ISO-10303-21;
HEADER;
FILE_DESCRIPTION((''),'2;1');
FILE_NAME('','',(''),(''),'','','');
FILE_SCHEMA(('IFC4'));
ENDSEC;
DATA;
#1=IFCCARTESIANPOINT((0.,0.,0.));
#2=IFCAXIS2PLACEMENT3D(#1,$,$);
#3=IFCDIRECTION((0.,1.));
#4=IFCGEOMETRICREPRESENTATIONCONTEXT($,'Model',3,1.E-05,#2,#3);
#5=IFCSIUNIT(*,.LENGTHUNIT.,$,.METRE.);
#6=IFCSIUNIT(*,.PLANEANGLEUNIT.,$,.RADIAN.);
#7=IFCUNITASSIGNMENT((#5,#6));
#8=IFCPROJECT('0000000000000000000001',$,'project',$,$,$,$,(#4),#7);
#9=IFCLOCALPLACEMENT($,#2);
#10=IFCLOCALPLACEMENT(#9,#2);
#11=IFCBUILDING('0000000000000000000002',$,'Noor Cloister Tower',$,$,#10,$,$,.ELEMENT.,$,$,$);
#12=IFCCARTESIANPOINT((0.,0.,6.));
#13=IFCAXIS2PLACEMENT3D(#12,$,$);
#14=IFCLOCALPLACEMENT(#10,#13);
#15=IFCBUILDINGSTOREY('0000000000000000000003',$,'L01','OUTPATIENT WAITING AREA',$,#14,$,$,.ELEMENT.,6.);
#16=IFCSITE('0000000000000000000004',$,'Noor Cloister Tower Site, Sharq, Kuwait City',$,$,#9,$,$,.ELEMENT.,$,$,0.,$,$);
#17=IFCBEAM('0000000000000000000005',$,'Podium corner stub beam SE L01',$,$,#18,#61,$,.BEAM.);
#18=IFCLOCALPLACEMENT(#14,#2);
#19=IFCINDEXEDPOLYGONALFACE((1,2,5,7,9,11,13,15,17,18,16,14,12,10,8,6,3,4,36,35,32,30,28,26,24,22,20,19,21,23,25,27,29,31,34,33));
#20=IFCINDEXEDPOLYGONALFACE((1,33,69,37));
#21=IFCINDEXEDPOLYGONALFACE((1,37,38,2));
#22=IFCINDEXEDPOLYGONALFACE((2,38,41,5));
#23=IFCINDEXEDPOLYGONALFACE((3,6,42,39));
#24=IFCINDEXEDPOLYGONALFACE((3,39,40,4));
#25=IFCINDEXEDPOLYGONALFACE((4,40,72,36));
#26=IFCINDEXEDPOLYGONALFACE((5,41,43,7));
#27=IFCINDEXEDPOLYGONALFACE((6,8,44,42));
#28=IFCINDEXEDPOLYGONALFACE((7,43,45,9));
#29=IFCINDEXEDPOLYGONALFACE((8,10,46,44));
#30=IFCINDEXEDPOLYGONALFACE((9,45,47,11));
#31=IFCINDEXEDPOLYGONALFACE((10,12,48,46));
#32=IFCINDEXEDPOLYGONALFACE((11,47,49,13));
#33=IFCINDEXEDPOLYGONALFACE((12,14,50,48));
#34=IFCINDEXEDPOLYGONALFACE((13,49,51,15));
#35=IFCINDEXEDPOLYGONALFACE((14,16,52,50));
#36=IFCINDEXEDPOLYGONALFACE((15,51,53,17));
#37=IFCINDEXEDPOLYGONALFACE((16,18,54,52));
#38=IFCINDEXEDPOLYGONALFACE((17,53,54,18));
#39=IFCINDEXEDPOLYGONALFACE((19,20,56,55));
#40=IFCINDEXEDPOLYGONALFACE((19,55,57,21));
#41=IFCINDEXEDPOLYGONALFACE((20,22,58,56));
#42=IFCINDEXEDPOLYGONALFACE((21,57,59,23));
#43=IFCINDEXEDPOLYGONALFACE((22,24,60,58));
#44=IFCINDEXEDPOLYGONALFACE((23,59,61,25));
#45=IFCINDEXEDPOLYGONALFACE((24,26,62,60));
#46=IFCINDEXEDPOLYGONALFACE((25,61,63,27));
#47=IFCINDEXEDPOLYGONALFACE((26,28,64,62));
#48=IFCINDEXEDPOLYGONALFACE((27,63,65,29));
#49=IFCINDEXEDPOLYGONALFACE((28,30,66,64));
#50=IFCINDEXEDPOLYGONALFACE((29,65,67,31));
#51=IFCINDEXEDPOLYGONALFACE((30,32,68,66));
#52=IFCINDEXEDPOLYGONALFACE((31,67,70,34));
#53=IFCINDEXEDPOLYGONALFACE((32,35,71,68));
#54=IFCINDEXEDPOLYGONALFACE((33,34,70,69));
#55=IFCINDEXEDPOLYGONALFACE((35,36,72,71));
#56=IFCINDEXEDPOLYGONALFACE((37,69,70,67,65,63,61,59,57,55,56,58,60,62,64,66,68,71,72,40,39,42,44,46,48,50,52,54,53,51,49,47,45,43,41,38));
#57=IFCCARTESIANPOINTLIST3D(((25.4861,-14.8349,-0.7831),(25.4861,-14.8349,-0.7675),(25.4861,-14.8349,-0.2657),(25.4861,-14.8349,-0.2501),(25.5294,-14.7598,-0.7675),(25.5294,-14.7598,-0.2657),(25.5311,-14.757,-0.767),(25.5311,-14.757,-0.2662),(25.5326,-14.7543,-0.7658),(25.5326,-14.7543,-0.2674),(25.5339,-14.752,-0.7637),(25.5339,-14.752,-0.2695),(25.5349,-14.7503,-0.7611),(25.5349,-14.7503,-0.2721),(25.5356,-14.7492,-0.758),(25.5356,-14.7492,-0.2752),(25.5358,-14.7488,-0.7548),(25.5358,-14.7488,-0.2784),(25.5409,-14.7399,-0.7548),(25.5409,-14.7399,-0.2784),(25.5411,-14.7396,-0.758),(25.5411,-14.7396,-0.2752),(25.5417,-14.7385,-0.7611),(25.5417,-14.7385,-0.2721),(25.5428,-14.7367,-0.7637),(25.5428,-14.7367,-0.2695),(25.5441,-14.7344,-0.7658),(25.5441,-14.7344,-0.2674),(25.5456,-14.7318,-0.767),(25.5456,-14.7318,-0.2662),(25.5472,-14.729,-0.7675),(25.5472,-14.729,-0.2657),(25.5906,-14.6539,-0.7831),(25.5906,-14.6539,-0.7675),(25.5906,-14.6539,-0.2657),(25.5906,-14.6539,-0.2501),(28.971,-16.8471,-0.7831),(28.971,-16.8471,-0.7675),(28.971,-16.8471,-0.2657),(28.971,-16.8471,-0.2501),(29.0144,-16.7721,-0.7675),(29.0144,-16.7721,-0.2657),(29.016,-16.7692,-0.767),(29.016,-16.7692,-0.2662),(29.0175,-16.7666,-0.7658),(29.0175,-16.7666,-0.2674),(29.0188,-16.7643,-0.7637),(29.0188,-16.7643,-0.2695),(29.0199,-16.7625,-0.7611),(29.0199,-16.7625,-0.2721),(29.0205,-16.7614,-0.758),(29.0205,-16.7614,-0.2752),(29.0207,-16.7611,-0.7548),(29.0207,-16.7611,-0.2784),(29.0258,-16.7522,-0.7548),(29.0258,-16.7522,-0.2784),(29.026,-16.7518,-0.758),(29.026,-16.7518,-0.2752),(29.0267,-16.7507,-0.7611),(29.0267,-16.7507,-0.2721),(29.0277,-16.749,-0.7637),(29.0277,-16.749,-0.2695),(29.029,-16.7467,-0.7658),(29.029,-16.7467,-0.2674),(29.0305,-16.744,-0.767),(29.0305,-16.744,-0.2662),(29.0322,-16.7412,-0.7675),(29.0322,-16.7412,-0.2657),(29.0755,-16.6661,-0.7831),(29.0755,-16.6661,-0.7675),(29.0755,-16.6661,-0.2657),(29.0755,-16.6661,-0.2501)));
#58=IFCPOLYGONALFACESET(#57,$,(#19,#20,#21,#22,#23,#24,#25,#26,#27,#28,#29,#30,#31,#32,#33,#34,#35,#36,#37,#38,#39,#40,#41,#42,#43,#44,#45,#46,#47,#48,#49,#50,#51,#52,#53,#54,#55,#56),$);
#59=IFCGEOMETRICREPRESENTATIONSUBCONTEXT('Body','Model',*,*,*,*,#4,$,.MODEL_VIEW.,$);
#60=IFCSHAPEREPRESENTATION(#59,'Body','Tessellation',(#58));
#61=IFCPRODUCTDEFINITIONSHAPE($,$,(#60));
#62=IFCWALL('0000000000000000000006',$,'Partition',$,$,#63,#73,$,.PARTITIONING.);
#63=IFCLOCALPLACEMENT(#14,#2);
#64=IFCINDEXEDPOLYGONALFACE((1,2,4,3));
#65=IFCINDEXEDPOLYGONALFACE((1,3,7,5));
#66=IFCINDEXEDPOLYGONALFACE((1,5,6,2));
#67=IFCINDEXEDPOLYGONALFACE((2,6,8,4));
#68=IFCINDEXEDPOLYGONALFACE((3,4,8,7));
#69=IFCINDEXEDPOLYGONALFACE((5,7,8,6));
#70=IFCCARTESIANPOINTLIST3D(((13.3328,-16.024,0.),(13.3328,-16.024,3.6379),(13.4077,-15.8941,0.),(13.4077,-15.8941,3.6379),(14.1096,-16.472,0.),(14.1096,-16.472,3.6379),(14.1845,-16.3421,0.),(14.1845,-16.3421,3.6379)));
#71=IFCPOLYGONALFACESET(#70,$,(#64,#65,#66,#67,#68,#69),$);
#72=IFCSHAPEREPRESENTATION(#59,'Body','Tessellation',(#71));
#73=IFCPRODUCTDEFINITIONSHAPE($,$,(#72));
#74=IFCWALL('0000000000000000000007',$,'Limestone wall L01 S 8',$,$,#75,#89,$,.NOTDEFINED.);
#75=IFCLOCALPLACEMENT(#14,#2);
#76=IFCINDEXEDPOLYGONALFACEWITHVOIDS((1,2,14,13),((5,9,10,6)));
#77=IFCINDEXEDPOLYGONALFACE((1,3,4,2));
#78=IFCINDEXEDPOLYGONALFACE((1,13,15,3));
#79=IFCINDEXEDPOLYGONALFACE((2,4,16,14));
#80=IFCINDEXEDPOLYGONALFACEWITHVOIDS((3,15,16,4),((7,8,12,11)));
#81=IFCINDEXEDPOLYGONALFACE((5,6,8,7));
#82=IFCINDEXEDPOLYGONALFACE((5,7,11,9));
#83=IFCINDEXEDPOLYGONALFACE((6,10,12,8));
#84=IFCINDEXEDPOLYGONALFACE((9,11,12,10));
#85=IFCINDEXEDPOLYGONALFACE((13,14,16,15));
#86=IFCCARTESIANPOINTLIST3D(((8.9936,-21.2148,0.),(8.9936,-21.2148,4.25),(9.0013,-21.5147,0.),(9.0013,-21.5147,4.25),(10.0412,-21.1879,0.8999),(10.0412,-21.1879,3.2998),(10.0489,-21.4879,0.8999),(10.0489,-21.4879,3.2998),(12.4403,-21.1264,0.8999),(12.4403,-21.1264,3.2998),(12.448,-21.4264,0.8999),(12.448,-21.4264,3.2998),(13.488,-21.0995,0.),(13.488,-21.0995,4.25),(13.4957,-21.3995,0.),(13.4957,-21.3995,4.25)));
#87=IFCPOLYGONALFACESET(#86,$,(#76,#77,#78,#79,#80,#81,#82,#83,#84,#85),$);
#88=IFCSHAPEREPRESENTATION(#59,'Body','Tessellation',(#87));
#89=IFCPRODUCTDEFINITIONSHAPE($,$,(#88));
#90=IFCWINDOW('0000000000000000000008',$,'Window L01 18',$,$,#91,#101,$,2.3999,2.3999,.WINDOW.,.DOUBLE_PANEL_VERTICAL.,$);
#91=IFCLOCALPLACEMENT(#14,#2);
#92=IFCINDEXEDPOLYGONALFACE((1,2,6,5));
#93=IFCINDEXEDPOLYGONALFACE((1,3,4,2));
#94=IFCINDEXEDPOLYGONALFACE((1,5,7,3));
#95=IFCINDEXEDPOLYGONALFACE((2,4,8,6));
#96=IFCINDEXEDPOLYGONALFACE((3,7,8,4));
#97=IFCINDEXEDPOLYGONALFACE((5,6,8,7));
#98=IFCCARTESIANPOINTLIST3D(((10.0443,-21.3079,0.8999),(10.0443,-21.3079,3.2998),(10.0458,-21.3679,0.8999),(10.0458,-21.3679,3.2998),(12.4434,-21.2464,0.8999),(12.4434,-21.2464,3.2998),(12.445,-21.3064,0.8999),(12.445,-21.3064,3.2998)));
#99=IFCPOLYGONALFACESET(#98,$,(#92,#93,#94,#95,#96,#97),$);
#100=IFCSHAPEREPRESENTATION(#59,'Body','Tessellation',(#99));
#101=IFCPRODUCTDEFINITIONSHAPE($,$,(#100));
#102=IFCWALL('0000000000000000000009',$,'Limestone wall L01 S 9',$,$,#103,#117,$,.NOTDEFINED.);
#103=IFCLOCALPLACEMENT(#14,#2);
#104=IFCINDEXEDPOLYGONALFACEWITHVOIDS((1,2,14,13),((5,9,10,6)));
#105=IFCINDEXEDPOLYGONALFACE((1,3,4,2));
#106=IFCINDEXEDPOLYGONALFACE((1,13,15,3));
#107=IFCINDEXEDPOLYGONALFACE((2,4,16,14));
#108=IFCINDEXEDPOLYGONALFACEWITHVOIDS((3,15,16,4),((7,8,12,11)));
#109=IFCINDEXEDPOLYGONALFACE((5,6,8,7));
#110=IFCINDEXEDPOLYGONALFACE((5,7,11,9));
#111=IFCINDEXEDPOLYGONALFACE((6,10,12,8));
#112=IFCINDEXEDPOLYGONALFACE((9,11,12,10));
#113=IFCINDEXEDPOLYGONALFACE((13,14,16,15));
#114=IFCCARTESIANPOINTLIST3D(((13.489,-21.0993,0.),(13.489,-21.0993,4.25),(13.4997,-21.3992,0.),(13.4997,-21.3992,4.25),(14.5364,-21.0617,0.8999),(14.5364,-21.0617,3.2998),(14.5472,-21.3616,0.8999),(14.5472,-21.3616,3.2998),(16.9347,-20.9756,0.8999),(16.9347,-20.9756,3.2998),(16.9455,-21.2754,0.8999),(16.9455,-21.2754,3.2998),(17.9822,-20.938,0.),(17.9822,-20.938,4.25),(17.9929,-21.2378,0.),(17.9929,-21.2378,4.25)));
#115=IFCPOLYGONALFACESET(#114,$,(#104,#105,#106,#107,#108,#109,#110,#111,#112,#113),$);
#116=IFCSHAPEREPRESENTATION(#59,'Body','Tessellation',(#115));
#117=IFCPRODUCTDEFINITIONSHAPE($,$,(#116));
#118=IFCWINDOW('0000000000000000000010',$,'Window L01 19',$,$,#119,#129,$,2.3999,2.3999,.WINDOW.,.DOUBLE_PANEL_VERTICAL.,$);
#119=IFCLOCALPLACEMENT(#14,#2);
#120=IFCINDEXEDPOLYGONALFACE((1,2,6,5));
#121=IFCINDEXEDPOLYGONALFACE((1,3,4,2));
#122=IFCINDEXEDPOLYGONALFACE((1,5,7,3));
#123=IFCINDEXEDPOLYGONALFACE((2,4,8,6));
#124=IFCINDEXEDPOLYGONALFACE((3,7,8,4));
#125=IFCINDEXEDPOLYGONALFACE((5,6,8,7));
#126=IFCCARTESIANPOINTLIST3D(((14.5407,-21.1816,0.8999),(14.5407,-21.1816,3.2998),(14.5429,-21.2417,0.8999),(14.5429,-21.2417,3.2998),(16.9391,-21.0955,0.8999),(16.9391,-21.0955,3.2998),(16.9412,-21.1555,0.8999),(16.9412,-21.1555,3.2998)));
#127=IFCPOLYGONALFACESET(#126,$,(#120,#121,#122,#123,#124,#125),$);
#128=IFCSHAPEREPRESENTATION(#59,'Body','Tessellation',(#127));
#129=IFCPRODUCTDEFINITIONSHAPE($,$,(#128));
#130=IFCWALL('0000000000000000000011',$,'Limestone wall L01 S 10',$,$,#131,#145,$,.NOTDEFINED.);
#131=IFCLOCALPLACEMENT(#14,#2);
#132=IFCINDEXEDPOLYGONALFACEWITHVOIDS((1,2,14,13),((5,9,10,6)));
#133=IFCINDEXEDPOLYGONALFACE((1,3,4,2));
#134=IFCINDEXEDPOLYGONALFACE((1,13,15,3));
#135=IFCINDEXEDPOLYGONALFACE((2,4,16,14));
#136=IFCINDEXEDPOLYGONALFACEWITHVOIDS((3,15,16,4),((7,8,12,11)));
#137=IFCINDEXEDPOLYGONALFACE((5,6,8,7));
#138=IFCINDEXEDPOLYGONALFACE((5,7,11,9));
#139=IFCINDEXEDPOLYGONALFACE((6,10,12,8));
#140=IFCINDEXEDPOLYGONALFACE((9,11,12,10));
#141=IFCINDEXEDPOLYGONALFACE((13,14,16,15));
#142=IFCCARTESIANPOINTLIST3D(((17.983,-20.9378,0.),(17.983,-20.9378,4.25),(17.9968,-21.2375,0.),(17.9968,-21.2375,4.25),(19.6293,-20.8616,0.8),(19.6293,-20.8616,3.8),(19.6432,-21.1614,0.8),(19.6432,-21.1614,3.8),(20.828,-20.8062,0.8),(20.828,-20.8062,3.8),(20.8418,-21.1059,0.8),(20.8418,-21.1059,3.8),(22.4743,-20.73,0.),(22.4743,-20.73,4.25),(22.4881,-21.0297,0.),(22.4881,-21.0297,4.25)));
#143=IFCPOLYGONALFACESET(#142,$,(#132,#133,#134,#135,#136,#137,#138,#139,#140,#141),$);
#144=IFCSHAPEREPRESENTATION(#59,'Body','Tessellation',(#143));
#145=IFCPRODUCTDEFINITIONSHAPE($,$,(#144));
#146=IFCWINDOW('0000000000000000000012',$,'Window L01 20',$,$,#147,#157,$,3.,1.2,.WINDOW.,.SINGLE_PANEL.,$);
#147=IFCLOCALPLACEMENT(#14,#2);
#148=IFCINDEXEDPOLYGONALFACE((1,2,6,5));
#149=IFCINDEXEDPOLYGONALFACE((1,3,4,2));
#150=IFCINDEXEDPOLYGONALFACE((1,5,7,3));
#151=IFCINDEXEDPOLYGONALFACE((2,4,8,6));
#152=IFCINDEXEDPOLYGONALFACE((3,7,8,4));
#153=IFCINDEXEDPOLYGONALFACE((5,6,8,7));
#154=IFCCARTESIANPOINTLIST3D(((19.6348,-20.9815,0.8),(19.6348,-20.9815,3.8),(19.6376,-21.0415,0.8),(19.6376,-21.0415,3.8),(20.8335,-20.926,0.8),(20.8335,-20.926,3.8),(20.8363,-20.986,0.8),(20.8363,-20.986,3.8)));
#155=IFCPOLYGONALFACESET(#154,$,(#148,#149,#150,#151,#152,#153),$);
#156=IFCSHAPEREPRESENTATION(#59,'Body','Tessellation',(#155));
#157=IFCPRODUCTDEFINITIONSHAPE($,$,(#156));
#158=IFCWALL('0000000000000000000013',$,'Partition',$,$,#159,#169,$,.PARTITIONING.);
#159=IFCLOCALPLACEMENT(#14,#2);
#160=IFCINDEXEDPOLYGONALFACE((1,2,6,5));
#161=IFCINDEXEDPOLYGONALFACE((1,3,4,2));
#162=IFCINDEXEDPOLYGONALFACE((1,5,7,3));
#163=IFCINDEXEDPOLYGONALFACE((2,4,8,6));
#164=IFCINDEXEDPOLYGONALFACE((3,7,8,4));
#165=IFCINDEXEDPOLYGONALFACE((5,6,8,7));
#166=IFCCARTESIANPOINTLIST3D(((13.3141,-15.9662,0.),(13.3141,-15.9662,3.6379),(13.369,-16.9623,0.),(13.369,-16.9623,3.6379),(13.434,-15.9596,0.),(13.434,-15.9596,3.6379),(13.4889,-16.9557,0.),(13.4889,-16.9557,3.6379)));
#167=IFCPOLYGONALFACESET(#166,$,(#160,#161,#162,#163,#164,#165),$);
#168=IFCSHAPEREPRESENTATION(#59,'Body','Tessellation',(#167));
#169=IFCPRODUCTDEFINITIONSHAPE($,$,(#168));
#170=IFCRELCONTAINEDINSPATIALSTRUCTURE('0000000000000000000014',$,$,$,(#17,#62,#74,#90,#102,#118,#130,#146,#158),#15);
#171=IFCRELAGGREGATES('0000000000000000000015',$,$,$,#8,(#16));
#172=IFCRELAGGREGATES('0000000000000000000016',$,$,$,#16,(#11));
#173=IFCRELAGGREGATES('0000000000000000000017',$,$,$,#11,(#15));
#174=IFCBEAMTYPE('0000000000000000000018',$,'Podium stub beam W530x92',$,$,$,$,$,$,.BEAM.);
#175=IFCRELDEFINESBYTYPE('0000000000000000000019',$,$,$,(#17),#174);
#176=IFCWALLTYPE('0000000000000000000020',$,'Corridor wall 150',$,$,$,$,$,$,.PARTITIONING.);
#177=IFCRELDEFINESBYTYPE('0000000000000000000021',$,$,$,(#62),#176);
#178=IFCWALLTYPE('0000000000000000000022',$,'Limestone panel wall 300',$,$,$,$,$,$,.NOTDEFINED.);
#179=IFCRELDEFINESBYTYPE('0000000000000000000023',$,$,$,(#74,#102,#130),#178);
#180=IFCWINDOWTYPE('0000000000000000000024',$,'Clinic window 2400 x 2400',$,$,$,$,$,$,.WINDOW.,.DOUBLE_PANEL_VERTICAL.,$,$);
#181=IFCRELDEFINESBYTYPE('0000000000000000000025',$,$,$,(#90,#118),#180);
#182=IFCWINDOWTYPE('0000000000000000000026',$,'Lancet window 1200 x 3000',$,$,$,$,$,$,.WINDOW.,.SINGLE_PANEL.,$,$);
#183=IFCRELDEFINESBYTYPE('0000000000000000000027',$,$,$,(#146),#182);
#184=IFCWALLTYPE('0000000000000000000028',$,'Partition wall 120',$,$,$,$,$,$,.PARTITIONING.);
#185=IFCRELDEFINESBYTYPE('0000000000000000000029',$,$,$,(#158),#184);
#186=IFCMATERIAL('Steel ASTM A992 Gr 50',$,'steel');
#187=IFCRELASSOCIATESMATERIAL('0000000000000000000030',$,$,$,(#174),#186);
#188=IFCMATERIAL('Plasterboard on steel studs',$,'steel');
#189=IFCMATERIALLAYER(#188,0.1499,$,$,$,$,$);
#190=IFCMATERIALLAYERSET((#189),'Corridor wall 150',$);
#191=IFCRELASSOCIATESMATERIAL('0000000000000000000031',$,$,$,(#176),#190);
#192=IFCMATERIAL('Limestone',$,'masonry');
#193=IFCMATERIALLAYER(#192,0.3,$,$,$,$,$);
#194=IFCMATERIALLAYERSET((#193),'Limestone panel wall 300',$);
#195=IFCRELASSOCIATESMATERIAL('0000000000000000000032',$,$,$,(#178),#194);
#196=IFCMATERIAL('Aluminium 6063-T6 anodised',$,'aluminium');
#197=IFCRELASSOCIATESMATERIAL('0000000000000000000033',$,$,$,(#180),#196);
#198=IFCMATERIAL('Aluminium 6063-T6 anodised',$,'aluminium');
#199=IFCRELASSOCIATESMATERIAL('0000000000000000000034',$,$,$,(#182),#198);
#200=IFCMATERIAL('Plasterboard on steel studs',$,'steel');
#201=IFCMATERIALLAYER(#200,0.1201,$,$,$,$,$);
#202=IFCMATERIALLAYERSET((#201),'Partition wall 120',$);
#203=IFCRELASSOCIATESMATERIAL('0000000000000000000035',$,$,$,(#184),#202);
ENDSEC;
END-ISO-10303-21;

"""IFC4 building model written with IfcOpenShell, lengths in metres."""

from ifc_helpers import new_model, si_unit, direction, frame, frame_2d, origin, origin_2d, place, context, subcontext, project, spatial, rectangle, i_section, extrude, material, layer, layer_set, material_profile, profile_set, type_object, element, fill, save


model = new_model("IFC4")

# Units and contexts
model_context = context("Model", 3, precision=1e-05, world=origin(), true_north=direction((0.0, 1.0)))
body_context = subcontext(model_context, "Body", "Model", "MODEL_VIEW")
ifc_project = project(units=[si_unit("LENGTHUNIT", "METRE"), si_unit("PLANEANGLEUNIT", "RADIAN")], contexts=[model_context])

# Site, building, storey
site_placement = place(None, origin())
site = spatial("IfcSite", under=ifc_project, at=site_placement, Name="Noor Cloister Tower Site, Sharq, Kuwait City", CompositionType="ELEMENT", RefElevation=0.0)
building_placement = place(site_placement, origin())
building = spatial("IfcBuilding", under=site, at=building_placement, Name="Noor Cloister Tower", CompositionType="ELEMENT")
storey_placement = place(building_placement, frame((0.0, 0.0, 6.0)))
storey = spatial("IfcBuildingStorey", under=building, at=storey_placement, Name="L01", Description="OUTPATIENT WAITING AREA", CompositionType="ELEMENT", Elevation=6.0)

# Beam
ifc_material_1 = material(Name="Steel ASTM A992 Gr 50", Category="steel")
ifc_material_profile_1 = material_profile(ifc_material_1, i_section(OverallWidth=0.209, OverallDepth=0.533, WebThickness=0.0103, FlangeThickness=0.0156, FilletRadius=0.0127, at=origin_2d()), Name="W530x92")
ifc_profile_set_1 = profile_set([ifc_material_profile_1], Name="Steel ASTM A992 Gr 50")
beam_type_1 = type_object("IfcBeamType", Name="Podium stub beam W530x92", PredefinedType="BEAM", material=ifc_profile_set_1)
beam_1_placement = place(storey_placement, frame((25.5383, -14.7444, -0.5166), z_axis=(0.866002, -0.500041, 0.0), x_axis=(0.500041, 0.866002, 0.0)))
element("IfcBeam", 1, at=beam_1_placement, inside=storey, type_object=beam_type_1, Name="Podium corner stub beam SE L01", PredefinedType="BEAM", context=body_context, shape_type="SweptSolid", body=[
    extrude(i_section(OverallWidth=0.209, OverallDepth=0.533, WebThickness=0.0103, FlangeThickness=0.0156, FilletRadius=0.0127, at=origin_2d()), origin(), (0.0, 0.0, 1.0), 4.0242),
])

# Wall
ifc_material_2 = material(Name="Plasterboard on steel studs", Category="steel")
ifc_layer_1 = layer(ifc_material_2, 0.1499)
ifc_layer_set_1 = layer_set([ifc_layer_1], Name="Corridor wall 150")
wall_type_1 = type_object("IfcWallType", Name="Corridor wall 150", PredefinedType="PARTITIONING", material=ifc_layer_set_1)
wall_1_placement = place(storey_placement, frame((14.147, -16.407, 0.0), z_axis=(0.0, 0.0, 1.0), x_axis=(-0.866276, 0.499565, 0.0)))
element("IfcWall", 2, at=wall_1_placement, inside=storey, type_object=wall_type_1, Name="Partition", PredefinedType="PARTITIONING", context=body_context, shape_type="SweptSolid", body=[
    extrude(rectangle(XDim=0.8967, YDim=0.1499, at=frame_2d((0.4482, 0.0))), origin(), (0.0, 0.0, 1.0), 3.6379),
])

# Walls, openings, windows
ifc_material_3 = material(Name="Limestone", Category="masonry")
ifc_layer_2 = layer(ifc_material_3, 0.3)
ifc_layer_set_2 = layer_set([ifc_layer_2], Name="Limestone panel wall 300")
wall_type_2 = type_object("IfcWallType", Name="Limestone panel wall 300", PredefinedType="NOTDEFINED", material=ifc_layer_set_2)
wall_2_placement = place(storey_placement, frame((13.4919, -21.2495, 0.0), z_axis=(0.0, 0.0, 1.0), x_axis=(-0.999671, -0.025631, 0.0)))
wall_2 = element("IfcWall", 3, at=wall_2_placement, inside=storey, type_object=wall_type_2, Name="Limestone wall L01 S 8", PredefinedType="NOTDEFINED", context=body_context, shape_type="SweptSolid", body=[
    extrude(rectangle(XDim=4.4958, YDim=0.3, at=frame_2d((2.248, 0.0))), origin(), (0.0, 0.0, 1.0), 4.25),
])
opening_1_placement = place(wall_2_placement, frame((1.0481, 0.0, 0.8999)))
opening_1 = element("IfcOpeningElement", 4, at=opening_1_placement, cuts=wall_2, PredefinedType="OPENING", context=body_context, shape_type="SweptSolid", body=[
    extrude(rectangle(XDim=2.3999, YDim=2.3999, at=frame_2d((1.2, 1.2))), frame((0.0, 0.1602, 0.0), z_axis=(0.0, -1.0, 0.0), x_axis=(1.0, 0.0, 0.0)), (0.0, 0.0, 1.0), 0.3201),
])
ifc_material_4 = material(Name="Aluminium 6063-T6 anodised", Category="aluminium")
window_type_1 = type_object("IfcWindowType", Name="Clinic window 2400 x 2400", PartitioningType="DOUBLE_PANEL_VERTICAL", PredefinedType="WINDOW", material=ifc_material_4)
window_1_placement = place(opening_1_placement, origin())
window_1 = element("IfcWindow", 5, at=window_1_placement, inside=storey, type_object=window_type_1, Name="Window L01 18", OverallHeight=2.3999, OverallWidth=2.3999, PartitioningType="DOUBLE_PANEL_VERTICAL", PredefinedType="WINDOW", context=body_context, shape_type="SweptSolid", body=[
    extrude(rectangle(XDim=2.3999, YDim=2.3999, at=frame_2d((1.2, 1.2))), frame((0.0, 0.03, 0.0), z_axis=(0.0, -1.0, 0.0), x_axis=(1.0, 0.0, 0.0)), (0.0, 0.0, 1.0), 0.0601),
])
fill(opening_1, window_1)
wall_3_placement = place(storey_placement, frame((17.9875, -21.0879, 0.0), z_axis=(0.0, 0.0, 1.0), x_axis=(-0.999356, -0.035893, 0.0)))
wall_3 = element("IfcWall", 6, at=wall_3_placement, inside=storey, type_object=wall_type_2, Name="Limestone wall L01 S 9", PredefinedType="NOTDEFINED", context=body_context, shape_type="SweptSolid", body=[
    extrude(rectangle(XDim=4.4961, YDim=0.3, at=frame_2d((2.248, 0.0))), origin(), (0.0, 0.0, 1.0), 4.25),
])
opening_2_placement = place(wall_3_placement, frame((1.0481, 0.0, 0.8999)))
opening_2 = element("IfcOpeningElement", 7, at=opening_2_placement, cuts=wall_3, PredefinedType="OPENING", context=body_context, shape_type="SweptSolid", body=[
    extrude(rectangle(XDim=2.3999, YDim=2.3999, at=frame_2d((1.2, 1.2))), frame((0.0, 0.1602, 0.0), z_axis=(0.0, -1.0, 0.0), x_axis=(1.0, 0.0, 0.0)), (0.0, 0.0, 1.0), 0.3201),
])
window_2_placement = place(opening_2_placement, origin())
window_2 = element("IfcWindow", 8, at=window_2_placement, inside=storey, type_object=window_type_1, Name="Window L01 19", OverallHeight=2.3999, OverallWidth=2.3999, PartitioningType="DOUBLE_PANEL_VERTICAL", PredefinedType="WINDOW", context=body_context, shape_type="SweptSolid", body=[
    extrude(rectangle(XDim=2.3999, YDim=2.3999, at=frame_2d((1.2, 1.2))), frame((0.0, 0.03, 0.0), z_axis=(0.0, -1.0, 0.0), x_axis=(1.0, 0.0, 0.0)), (0.0, 0.0, 1.0), 0.0601),
])
fill(opening_2, window_2)
wall_4_placement = place(storey_placement, frame((22.4812, -20.8799, 0.0), z_axis=(0.0, 0.0, 1.0), x_axis=(-0.998932, -0.046211, 0.0)))
wall_4 = element("IfcWall", 9, at=wall_4_placement, inside=storey, type_object=wall_type_2, Name="Limestone wall L01 S 10", PredefinedType="NOTDEFINED", context=body_context, shape_type="SweptSolid", body=[
    extrude(rectangle(XDim=4.4961, YDim=0.3, at=frame_2d((2.248, 0.0))), origin(), (0.0, 0.0, 1.0), 4.25),
])
opening_3_placement = place(wall_4_placement, frame((1.6479, 0.0, 0.8)))
opening_3 = element("IfcOpeningElement", 10, at=opening_3_placement, cuts=wall_4, PredefinedType="OPENING", context=body_context, shape_type="SweptSolid", body=[
    extrude(rectangle(XDim=1.2, YDim=3.0, at=frame_2d((0.6001, 1.5))), frame((0.0, 0.1602, 0.0), z_axis=(0.0, -1.0, 0.0), x_axis=(1.0, 0.0, 0.0)), (0.0, 0.0, 1.0), 0.3201),
])
ifc_material_5 = material(Name="Aluminium 6063-T6 anodised", Category="aluminium")
window_type_2 = type_object("IfcWindowType", Name="Lancet window 1200 x 3000", PartitioningType="SINGLE_PANEL", PredefinedType="WINDOW", material=ifc_material_5)
window_3_placement = place(opening_3_placement, origin())
window_3 = element("IfcWindow", 11, at=window_3_placement, inside=storey, type_object=window_type_2, Name="Window L01 20", OverallHeight=3.0, OverallWidth=1.2, PartitioningType="SINGLE_PANEL", PredefinedType="WINDOW", context=body_context, shape_type="SweptSolid", body=[
    extrude(rectangle(XDim=1.2, YDim=3.0, at=frame_2d((0.6001, 1.5))), frame((0.0, 0.03, 0.0), z_axis=(0.0, -1.0, 0.0), x_axis=(1.0, 0.0, 0.0)), (0.0, 0.0, 1.0), 0.0601),
])
fill(opening_3, window_3)

# Wall
ifc_material_6 = material(Name="Plasterboard on steel studs", Category="steel")
ifc_layer_3 = layer(ifc_material_6, 0.1201)
ifc_layer_set_3 = layer_set([ifc_layer_3], Name="Partition wall 120")
wall_type_3 = type_object("IfcWallType", Name="Partition wall 120", PredefinedType="PARTITIONING", material=ifc_layer_set_3)
wall_5_placement = place(storey_placement, frame((13.429, -16.959, 0.0), z_axis=(0.0, 0.0, 1.0), x_axis=(-0.055063, 0.998483, 0.0)))
element("IfcWall", 12, at=wall_5_placement, inside=storey, type_object=wall_type_3, Name="Partition", PredefinedType="PARTITIONING", context=body_context, shape_type="SweptSolid", body=[
    extrude(rectangle(XDim=0.9976, YDim=0.1201, at=frame_2d((0.4988, 0.0))), origin(), (0.0, 0.0, 1.0), 3.6379),
])

save(model, "model.ifc")
